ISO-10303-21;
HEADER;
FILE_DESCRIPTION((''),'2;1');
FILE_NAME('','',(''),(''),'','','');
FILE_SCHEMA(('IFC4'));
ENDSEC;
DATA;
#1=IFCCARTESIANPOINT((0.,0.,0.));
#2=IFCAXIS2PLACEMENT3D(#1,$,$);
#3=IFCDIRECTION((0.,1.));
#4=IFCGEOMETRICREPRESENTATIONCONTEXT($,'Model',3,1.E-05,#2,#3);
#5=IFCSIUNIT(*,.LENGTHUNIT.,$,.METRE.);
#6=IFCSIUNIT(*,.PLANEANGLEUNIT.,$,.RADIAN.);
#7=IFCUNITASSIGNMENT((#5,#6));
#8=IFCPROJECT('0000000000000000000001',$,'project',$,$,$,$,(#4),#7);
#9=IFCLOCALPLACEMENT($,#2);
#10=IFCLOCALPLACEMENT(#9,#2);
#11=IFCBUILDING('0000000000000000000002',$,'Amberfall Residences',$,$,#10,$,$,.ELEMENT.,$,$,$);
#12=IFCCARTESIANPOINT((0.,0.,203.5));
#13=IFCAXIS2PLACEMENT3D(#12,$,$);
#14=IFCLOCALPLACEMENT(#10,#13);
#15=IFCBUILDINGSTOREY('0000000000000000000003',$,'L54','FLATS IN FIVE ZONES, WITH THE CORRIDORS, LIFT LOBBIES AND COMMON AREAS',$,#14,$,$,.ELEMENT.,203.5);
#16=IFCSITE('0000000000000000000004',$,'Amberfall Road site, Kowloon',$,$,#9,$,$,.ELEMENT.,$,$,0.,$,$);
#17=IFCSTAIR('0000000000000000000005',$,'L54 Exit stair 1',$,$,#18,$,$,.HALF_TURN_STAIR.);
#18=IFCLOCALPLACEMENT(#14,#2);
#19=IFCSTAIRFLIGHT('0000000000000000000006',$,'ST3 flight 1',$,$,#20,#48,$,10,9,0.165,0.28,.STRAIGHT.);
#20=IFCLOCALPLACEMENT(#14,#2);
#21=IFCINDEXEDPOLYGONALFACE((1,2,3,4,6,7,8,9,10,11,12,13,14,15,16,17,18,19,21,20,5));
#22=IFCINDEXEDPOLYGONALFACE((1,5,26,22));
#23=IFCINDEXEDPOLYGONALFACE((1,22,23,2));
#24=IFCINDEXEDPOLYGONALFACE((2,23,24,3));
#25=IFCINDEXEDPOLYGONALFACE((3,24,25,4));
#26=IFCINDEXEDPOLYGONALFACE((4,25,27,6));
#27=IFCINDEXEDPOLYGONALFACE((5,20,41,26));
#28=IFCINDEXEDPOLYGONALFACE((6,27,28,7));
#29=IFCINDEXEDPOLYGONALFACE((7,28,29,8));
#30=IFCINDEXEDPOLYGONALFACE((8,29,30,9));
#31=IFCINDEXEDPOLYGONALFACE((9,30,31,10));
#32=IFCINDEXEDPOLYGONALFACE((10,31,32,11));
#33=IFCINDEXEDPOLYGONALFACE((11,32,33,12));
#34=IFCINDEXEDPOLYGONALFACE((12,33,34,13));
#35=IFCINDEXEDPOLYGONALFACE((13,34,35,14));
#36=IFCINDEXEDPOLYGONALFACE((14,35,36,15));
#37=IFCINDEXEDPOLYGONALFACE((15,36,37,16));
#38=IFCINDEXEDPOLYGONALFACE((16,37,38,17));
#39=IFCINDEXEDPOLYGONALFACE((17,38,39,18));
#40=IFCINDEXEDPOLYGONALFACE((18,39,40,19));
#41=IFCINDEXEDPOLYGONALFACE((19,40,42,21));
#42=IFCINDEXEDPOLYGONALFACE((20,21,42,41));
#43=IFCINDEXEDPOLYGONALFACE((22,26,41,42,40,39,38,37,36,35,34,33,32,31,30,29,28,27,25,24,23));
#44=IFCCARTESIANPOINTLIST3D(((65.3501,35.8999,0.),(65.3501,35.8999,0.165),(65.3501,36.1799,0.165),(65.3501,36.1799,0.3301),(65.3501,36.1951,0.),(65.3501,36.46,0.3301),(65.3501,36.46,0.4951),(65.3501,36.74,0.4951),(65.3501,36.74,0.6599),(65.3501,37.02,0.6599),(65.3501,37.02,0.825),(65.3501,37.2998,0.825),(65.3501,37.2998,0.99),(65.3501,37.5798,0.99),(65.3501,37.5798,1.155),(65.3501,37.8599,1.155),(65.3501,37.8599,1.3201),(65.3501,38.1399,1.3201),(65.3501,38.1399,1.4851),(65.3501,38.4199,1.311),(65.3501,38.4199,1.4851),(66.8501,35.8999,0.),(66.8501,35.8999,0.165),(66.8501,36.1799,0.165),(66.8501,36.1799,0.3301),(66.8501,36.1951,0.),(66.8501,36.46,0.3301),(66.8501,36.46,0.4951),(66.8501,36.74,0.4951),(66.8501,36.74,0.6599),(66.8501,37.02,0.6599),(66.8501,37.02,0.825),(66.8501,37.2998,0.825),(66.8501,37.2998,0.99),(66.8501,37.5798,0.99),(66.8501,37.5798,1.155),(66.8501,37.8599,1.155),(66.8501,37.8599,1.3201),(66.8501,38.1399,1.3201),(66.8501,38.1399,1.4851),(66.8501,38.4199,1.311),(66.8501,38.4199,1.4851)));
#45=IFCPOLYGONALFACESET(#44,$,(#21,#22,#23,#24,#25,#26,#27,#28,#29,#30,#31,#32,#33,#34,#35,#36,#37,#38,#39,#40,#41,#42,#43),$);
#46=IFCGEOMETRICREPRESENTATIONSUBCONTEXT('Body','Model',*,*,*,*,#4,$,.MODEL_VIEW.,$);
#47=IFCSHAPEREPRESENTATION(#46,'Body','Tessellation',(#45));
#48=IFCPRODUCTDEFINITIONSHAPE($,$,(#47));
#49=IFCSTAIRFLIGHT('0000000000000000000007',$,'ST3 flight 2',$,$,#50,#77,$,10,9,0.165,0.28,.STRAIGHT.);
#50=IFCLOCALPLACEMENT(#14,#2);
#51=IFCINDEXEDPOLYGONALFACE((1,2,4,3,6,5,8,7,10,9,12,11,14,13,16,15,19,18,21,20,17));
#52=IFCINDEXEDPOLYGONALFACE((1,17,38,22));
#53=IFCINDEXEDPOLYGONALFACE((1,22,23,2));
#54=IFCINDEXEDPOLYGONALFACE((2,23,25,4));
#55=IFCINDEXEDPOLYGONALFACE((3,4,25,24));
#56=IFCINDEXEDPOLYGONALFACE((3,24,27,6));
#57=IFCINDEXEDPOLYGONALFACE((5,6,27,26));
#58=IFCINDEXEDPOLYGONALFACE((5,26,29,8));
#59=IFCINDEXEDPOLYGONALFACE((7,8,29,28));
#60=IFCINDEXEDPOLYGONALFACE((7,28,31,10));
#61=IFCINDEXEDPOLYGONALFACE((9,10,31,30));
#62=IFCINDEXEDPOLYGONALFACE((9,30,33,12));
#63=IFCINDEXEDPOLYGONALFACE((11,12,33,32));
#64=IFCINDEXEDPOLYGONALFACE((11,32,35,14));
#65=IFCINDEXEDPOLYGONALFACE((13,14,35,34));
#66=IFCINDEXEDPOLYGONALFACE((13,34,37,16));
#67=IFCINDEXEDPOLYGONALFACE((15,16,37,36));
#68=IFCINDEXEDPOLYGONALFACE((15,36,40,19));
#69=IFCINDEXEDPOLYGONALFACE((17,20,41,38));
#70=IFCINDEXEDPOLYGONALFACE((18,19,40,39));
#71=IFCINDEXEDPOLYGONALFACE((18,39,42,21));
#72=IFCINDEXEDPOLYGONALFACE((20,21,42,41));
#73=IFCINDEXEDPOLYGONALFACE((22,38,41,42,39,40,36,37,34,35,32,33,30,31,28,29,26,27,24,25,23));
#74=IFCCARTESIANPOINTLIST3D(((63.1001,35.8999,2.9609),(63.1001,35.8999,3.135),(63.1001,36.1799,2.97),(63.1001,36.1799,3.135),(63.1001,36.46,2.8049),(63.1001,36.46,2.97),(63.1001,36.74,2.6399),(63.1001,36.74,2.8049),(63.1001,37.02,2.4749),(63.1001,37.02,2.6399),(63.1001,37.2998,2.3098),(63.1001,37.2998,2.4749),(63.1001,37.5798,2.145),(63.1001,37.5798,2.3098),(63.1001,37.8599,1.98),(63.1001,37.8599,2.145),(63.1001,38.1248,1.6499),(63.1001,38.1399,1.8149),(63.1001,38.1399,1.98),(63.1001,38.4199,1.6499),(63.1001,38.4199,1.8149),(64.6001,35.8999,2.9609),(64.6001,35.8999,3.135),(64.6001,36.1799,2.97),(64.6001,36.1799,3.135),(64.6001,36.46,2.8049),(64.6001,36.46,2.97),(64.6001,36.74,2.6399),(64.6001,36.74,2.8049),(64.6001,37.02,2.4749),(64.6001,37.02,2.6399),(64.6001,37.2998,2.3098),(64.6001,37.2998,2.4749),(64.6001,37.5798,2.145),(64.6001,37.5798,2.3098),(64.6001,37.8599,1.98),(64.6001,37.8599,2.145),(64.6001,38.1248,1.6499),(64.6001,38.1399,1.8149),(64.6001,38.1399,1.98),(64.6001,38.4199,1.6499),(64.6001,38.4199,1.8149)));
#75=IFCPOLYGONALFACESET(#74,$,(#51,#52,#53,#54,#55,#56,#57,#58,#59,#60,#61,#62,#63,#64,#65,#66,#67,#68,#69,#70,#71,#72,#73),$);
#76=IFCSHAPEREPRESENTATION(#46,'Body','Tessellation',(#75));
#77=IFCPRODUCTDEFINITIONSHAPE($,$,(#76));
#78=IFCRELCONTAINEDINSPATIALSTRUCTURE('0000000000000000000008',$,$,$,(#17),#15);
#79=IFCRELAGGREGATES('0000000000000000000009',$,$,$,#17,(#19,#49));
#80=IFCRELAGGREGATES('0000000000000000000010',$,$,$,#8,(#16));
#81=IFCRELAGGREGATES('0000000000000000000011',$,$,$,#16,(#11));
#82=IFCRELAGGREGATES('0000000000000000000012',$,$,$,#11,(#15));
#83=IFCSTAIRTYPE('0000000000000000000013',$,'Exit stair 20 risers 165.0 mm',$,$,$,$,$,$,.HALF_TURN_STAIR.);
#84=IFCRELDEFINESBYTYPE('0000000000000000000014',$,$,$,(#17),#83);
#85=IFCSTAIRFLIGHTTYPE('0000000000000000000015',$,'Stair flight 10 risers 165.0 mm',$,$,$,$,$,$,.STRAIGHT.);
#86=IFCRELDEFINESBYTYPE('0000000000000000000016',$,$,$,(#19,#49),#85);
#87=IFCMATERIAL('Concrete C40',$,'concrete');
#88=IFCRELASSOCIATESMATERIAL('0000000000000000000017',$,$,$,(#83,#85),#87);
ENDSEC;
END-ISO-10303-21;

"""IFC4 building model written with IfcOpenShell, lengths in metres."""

from ifc_helpers import new_model, si_unit, direction, frame, origin, place, context, subcontext, project, spatial, polyline, outline, extrude, material, type_object, element, aggregate, save


model = new_model("IFC4")

# Units and contexts
model_context = context("Model", 3, precision=1e-05, world=origin(), true_north=direction((0.0, 1.0)))
body_context = subcontext(model_context, "Body", "Model", "MODEL_VIEW")
ifc_project = project(units=[si_unit("LENGTHUNIT", "METRE"), si_unit("PLANEANGLEUNIT", "RADIAN")], contexts=[model_context])

# Site, building, storey
site_placement = place(None, origin())
site = spatial("IfcSite", under=ifc_project, at=site_placement, Name="Amberfall Road site, Kowloon", CompositionType="ELEMENT", RefElevation=0.0)
building_placement = place(site_placement, origin())
building = spatial("IfcBuilding", under=site, at=building_placement, Name="Amberfall Residences", CompositionType="ELEMENT")
storey_placement = place(building_placement, frame((0.0, 0.0, 203.5)))
storey = spatial("IfcBuildingStorey", under=building, at=storey_placement, Name="L54", Description="FLATS IN FIVE ZONES, WITH THE CORRIDORS, LIFT LOBBIES AND COMMON AREAS", CompositionType="ELEMENT", Elevation=203.5)

# Stair, stair flights
ifc_material_1 = material(Name="Concrete C40", Category="concrete")
stair_type = type_object("IfcStairType", Name="Exit stair 20 risers 165.0 mm", PredefinedType="HALF_TURN_STAIR", material=ifc_material_1)
stair_placement = place(storey_placement, origin())
stair = element("IfcStair", 1, at=stair_placement, inside=storey, type_object=stair_type, Name="L54 Exit stair 1", PredefinedType="HALF_TURN_STAIR")
stair_flight_type = type_object("IfcStairFlightType", Name="Stair flight 10 risers 165.0 mm", PredefinedType="STRAIGHT", material=ifc_material_1)
stair_flight_1_placement = place(storey_placement, frame((66.1001, 35.8999, 0.0), z_axis=(0.0, 0.0, 1.0), x_axis=(0.0, 1.0, 0.0)))
stair_flight_1 = element("IfcStairFlight", 2, at=stair_flight_1_placement, type_object=stair_flight_type, Name="ST3 flight 1", NumberOfRisers=10, NumberOfTreads=9, PredefinedType="STRAIGHT", RiserHeight=0.165, TreadLength=0.28, context=body_context, shape_type="SweptSolid", body=[
    extrude(outline(polyline([(0.0, 0.0), (0.0, 0.165), (0.28, 0.165), (0.28, 0.3301), (0.5601, 0.3301), (0.5601, 0.4951), (0.8401, 0.4951), (0.8401, 0.6599), (1.1201, 0.6599), (1.1201, 0.825), (1.3999, 0.825), (1.3999, 0.99), (1.6799, 0.99), (1.6799, 1.155), (1.96, 1.155), (1.96, 1.3201), (2.24, 1.3201), (2.24, 1.4851), (2.52, 1.4851), (2.52, 1.6499), (2.52, 1.311), (0.2952, 0.0), (0.0, 0.0)])), frame((0.0, 0.75, 0.0), z_axis=(0.0, -1.0, 0.0), x_axis=(1.0, 0.0, 0.0)), (0.0, 0.0, 1.0), 1.5),
])
stair_flight_2_placement = place(storey_placement, frame((63.8501, 38.4199, 1.6499), z_axis=(0.0, 0.0, 1.0), x_axis=(0.0, -1.0, 0.0)))
stair_flight_2 = element("IfcStairFlight", 3, at=stair_flight_2_placement, type_object=stair_flight_type, Name="ST3 flight 2", NumberOfRisers=10, NumberOfTreads=9, PredefinedType="STRAIGHT", RiserHeight=0.165, TreadLength=0.28, context=body_context, shape_type="SweptSolid", body=[
    extrude(outline(polyline([(0.0, 0.0), (0.0, 0.165), (0.28, 0.165), (0.28, 0.3301), (0.5601, 0.3301), (0.5601, 0.4951), (0.8401, 0.4951), (0.8401, 0.6599), (1.1201, 0.6599), (1.1201, 0.825), (1.3999, 0.825), (1.3999, 0.99), (1.6799, 0.99), (1.6799, 1.155), (1.96, 1.155), (1.96, 1.3201), (2.24, 1.3201), (2.24, 1.4851), (2.52, 1.4851), (2.52, 1.6499), (2.52, 1.311), (0.2952, 0.0), (0.0, 0.0)])), frame((0.0, 0.75, 0.0), z_axis=(0.0, -1.0, 0.0), x_axis=(1.0, 0.0, 0.0)), (0.0, 0.0, 1.0), 1.5),
])
aggregate(stair, [stair_flight_1, stair_flight_2])

save(model, "model.ifc")
